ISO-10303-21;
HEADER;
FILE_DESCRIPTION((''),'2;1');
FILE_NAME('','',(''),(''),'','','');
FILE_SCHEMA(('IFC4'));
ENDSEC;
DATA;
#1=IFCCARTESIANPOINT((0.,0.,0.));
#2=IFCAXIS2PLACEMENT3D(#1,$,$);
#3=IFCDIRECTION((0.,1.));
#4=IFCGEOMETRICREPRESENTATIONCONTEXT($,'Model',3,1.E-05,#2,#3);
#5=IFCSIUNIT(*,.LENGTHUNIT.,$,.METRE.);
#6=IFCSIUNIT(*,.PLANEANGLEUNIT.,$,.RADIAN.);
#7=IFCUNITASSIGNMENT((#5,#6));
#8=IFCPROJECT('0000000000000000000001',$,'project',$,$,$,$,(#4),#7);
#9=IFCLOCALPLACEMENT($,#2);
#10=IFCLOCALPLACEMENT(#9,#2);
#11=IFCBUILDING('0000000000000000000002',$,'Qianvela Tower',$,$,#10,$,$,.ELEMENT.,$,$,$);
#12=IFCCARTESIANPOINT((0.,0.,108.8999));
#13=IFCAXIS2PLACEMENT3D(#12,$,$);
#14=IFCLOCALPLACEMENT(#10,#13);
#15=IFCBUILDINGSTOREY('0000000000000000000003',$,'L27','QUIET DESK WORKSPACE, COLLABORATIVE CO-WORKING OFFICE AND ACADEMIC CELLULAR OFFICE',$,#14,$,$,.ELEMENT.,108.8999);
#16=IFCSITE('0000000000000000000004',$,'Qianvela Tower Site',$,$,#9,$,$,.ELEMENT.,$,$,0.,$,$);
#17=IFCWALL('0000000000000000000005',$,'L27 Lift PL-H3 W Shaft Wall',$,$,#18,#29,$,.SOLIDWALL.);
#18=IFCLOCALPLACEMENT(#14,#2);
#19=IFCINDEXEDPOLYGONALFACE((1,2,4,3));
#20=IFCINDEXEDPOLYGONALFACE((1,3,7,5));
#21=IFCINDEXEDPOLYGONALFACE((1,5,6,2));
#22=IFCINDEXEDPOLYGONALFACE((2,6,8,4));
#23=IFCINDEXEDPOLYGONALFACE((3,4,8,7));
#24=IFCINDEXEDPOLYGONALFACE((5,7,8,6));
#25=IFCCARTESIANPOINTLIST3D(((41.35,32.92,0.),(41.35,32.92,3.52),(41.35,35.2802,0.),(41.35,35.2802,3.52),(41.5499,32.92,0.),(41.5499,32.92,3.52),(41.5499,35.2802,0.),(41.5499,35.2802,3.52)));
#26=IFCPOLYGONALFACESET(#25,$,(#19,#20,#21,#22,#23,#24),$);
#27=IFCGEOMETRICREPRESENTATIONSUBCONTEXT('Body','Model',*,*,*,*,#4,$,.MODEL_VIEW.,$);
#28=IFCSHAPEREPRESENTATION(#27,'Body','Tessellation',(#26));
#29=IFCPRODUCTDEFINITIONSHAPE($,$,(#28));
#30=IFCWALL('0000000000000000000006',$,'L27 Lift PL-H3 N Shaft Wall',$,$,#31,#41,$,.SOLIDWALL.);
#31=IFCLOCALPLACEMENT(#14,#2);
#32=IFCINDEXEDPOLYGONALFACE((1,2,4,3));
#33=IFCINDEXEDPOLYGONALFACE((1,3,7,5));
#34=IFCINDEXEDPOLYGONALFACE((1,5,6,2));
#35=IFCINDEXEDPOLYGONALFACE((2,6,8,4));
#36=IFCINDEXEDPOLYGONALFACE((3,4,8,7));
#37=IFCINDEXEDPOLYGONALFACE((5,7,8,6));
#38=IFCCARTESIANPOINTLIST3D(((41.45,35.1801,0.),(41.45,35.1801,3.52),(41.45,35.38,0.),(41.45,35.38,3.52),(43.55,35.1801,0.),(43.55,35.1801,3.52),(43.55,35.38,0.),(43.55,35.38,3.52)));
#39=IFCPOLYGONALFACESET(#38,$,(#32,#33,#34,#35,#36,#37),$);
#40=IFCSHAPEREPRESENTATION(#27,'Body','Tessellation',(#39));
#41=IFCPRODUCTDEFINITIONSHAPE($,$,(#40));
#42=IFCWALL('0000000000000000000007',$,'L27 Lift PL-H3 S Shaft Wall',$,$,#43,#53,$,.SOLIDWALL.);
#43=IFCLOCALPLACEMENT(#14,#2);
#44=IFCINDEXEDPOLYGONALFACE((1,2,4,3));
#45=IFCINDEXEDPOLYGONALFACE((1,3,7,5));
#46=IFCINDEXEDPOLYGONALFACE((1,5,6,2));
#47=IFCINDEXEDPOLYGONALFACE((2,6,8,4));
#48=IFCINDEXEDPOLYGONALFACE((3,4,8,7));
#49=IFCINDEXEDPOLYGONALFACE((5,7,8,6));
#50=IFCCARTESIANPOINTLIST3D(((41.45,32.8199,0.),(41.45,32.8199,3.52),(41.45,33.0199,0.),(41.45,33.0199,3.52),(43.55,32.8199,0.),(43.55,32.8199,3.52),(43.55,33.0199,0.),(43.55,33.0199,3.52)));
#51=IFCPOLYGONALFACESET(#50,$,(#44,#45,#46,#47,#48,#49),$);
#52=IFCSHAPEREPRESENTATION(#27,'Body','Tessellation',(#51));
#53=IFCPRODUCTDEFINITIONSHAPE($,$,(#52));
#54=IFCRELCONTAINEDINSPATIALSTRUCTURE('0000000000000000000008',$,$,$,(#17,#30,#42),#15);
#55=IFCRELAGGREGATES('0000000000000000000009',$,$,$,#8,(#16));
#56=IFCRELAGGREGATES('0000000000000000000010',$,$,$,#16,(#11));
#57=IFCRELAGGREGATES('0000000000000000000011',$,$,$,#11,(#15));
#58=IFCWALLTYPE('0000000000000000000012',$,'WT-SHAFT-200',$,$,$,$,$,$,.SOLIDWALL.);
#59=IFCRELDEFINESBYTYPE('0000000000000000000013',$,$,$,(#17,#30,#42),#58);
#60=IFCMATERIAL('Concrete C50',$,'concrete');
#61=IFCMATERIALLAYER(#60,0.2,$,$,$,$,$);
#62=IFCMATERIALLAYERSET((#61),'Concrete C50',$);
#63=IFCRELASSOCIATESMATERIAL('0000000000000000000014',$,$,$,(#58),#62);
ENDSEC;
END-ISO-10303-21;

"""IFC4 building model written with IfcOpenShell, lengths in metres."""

from ifc_helpers import new_model, si_unit, direction, frame, frame_2d, origin, place, context, subcontext, project, spatial, rectangle, extrude, material, layer, layer_set, type_object, element, save


model = new_model("IFC4")

# Units and contexts
model_context = context("Model", 3, precision=1e-05, world=origin(), true_north=direction((0.0, 1.0)))
body_context = subcontext(model_context, "Body", "Model", "MODEL_VIEW")
ifc_project = project(units=[si_unit("LENGTHUNIT", "METRE"), si_unit("PLANEANGLEUNIT", "RADIAN")], contexts=[model_context])

# Site, building, storey
site_placement = place(None, origin())
site = spatial("IfcSite", under=ifc_project, at=site_placement, Name="Qianvela Tower Site", CompositionType="ELEMENT", RefElevation=0.0)
building_placement = place(site_placement, origin())
building = spatial("IfcBuilding", under=site, at=building_placement, Name="Qianvela Tower", CompositionType="ELEMENT")
storey_placement = place(building_placement, frame((0.0, 0.0, 108.8999)))
storey = spatial("IfcBuildingStorey", under=building, at=storey_placement, Name="L27", Description="QUIET DESK WORKSPACE, COLLABORATIVE CO-WORKING OFFICE AND ACADEMIC CELLULAR OFFICE", CompositionType="ELEMENT", Elevation=108.8999)

# Walls
ifc_material_1 = material(Name="Concrete C50", Category="concrete")
ifc_layer_1 = layer(ifc_material_1, 0.2)
ifc_layer_set_1 = layer_set([ifc_layer_1], Name="Concrete C50")
wall_type_1 = type_object("IfcWallType", Name="WT-SHAFT-200", PredefinedType="SOLIDWALL", material=ifc_layer_set_1)
for number, where, z_axis, x_axis, name in (
    (1, (41.45, 32.9199, 0.0), (0.0, 0.0, 1.0), (0.0, 1.0, 0.0), "L27 Lift PL-H3 W Shaft Wall"),
):
    element("IfcWall", number, at=place(storey_placement, frame(where, z_axis=z_axis, x_axis=x_axis)), inside=storey, type_object=wall_type_1, Name=name, PredefinedType="SOLIDWALL", context=body_context, shape_type="SweptSolid", body=[
        extrude(rectangle(XDim=2.3601, YDim=0.2, at=frame_2d((1.1802, 0.0))), origin(), (0.0, 0.0, 1.0), 3.52),
    ])
for number, where, z_axis, x_axis, name in (
    (2, (41.45, 35.28, 0.0), (0.0, 0.0, 1.0), (1.0, 0.0, 0.0), "L27 Lift PL-H3 N Shaft Wall"),
    (3, (41.45, 32.9199, 0.0), (0.0, 0.0, 1.0), (1.0, 0.0, 0.0), "L27 Lift PL-H3 S Shaft Wall"),
):
    element("IfcWall", number, at=place(storey_placement, frame(where, z_axis=z_axis, x_axis=x_axis)), inside=storey, type_object=wall_type_1, Name=name, PredefinedType="SOLIDWALL", context=body_context, shape_type="SweptSolid", body=[
        extrude(rectangle(XDim=2.1001, YDim=0.2, at=frame_2d((1.05, 0.0))), origin(), (0.0, 0.0, 1.0), 3.52),
    ])

save(model, "model.ifc")
